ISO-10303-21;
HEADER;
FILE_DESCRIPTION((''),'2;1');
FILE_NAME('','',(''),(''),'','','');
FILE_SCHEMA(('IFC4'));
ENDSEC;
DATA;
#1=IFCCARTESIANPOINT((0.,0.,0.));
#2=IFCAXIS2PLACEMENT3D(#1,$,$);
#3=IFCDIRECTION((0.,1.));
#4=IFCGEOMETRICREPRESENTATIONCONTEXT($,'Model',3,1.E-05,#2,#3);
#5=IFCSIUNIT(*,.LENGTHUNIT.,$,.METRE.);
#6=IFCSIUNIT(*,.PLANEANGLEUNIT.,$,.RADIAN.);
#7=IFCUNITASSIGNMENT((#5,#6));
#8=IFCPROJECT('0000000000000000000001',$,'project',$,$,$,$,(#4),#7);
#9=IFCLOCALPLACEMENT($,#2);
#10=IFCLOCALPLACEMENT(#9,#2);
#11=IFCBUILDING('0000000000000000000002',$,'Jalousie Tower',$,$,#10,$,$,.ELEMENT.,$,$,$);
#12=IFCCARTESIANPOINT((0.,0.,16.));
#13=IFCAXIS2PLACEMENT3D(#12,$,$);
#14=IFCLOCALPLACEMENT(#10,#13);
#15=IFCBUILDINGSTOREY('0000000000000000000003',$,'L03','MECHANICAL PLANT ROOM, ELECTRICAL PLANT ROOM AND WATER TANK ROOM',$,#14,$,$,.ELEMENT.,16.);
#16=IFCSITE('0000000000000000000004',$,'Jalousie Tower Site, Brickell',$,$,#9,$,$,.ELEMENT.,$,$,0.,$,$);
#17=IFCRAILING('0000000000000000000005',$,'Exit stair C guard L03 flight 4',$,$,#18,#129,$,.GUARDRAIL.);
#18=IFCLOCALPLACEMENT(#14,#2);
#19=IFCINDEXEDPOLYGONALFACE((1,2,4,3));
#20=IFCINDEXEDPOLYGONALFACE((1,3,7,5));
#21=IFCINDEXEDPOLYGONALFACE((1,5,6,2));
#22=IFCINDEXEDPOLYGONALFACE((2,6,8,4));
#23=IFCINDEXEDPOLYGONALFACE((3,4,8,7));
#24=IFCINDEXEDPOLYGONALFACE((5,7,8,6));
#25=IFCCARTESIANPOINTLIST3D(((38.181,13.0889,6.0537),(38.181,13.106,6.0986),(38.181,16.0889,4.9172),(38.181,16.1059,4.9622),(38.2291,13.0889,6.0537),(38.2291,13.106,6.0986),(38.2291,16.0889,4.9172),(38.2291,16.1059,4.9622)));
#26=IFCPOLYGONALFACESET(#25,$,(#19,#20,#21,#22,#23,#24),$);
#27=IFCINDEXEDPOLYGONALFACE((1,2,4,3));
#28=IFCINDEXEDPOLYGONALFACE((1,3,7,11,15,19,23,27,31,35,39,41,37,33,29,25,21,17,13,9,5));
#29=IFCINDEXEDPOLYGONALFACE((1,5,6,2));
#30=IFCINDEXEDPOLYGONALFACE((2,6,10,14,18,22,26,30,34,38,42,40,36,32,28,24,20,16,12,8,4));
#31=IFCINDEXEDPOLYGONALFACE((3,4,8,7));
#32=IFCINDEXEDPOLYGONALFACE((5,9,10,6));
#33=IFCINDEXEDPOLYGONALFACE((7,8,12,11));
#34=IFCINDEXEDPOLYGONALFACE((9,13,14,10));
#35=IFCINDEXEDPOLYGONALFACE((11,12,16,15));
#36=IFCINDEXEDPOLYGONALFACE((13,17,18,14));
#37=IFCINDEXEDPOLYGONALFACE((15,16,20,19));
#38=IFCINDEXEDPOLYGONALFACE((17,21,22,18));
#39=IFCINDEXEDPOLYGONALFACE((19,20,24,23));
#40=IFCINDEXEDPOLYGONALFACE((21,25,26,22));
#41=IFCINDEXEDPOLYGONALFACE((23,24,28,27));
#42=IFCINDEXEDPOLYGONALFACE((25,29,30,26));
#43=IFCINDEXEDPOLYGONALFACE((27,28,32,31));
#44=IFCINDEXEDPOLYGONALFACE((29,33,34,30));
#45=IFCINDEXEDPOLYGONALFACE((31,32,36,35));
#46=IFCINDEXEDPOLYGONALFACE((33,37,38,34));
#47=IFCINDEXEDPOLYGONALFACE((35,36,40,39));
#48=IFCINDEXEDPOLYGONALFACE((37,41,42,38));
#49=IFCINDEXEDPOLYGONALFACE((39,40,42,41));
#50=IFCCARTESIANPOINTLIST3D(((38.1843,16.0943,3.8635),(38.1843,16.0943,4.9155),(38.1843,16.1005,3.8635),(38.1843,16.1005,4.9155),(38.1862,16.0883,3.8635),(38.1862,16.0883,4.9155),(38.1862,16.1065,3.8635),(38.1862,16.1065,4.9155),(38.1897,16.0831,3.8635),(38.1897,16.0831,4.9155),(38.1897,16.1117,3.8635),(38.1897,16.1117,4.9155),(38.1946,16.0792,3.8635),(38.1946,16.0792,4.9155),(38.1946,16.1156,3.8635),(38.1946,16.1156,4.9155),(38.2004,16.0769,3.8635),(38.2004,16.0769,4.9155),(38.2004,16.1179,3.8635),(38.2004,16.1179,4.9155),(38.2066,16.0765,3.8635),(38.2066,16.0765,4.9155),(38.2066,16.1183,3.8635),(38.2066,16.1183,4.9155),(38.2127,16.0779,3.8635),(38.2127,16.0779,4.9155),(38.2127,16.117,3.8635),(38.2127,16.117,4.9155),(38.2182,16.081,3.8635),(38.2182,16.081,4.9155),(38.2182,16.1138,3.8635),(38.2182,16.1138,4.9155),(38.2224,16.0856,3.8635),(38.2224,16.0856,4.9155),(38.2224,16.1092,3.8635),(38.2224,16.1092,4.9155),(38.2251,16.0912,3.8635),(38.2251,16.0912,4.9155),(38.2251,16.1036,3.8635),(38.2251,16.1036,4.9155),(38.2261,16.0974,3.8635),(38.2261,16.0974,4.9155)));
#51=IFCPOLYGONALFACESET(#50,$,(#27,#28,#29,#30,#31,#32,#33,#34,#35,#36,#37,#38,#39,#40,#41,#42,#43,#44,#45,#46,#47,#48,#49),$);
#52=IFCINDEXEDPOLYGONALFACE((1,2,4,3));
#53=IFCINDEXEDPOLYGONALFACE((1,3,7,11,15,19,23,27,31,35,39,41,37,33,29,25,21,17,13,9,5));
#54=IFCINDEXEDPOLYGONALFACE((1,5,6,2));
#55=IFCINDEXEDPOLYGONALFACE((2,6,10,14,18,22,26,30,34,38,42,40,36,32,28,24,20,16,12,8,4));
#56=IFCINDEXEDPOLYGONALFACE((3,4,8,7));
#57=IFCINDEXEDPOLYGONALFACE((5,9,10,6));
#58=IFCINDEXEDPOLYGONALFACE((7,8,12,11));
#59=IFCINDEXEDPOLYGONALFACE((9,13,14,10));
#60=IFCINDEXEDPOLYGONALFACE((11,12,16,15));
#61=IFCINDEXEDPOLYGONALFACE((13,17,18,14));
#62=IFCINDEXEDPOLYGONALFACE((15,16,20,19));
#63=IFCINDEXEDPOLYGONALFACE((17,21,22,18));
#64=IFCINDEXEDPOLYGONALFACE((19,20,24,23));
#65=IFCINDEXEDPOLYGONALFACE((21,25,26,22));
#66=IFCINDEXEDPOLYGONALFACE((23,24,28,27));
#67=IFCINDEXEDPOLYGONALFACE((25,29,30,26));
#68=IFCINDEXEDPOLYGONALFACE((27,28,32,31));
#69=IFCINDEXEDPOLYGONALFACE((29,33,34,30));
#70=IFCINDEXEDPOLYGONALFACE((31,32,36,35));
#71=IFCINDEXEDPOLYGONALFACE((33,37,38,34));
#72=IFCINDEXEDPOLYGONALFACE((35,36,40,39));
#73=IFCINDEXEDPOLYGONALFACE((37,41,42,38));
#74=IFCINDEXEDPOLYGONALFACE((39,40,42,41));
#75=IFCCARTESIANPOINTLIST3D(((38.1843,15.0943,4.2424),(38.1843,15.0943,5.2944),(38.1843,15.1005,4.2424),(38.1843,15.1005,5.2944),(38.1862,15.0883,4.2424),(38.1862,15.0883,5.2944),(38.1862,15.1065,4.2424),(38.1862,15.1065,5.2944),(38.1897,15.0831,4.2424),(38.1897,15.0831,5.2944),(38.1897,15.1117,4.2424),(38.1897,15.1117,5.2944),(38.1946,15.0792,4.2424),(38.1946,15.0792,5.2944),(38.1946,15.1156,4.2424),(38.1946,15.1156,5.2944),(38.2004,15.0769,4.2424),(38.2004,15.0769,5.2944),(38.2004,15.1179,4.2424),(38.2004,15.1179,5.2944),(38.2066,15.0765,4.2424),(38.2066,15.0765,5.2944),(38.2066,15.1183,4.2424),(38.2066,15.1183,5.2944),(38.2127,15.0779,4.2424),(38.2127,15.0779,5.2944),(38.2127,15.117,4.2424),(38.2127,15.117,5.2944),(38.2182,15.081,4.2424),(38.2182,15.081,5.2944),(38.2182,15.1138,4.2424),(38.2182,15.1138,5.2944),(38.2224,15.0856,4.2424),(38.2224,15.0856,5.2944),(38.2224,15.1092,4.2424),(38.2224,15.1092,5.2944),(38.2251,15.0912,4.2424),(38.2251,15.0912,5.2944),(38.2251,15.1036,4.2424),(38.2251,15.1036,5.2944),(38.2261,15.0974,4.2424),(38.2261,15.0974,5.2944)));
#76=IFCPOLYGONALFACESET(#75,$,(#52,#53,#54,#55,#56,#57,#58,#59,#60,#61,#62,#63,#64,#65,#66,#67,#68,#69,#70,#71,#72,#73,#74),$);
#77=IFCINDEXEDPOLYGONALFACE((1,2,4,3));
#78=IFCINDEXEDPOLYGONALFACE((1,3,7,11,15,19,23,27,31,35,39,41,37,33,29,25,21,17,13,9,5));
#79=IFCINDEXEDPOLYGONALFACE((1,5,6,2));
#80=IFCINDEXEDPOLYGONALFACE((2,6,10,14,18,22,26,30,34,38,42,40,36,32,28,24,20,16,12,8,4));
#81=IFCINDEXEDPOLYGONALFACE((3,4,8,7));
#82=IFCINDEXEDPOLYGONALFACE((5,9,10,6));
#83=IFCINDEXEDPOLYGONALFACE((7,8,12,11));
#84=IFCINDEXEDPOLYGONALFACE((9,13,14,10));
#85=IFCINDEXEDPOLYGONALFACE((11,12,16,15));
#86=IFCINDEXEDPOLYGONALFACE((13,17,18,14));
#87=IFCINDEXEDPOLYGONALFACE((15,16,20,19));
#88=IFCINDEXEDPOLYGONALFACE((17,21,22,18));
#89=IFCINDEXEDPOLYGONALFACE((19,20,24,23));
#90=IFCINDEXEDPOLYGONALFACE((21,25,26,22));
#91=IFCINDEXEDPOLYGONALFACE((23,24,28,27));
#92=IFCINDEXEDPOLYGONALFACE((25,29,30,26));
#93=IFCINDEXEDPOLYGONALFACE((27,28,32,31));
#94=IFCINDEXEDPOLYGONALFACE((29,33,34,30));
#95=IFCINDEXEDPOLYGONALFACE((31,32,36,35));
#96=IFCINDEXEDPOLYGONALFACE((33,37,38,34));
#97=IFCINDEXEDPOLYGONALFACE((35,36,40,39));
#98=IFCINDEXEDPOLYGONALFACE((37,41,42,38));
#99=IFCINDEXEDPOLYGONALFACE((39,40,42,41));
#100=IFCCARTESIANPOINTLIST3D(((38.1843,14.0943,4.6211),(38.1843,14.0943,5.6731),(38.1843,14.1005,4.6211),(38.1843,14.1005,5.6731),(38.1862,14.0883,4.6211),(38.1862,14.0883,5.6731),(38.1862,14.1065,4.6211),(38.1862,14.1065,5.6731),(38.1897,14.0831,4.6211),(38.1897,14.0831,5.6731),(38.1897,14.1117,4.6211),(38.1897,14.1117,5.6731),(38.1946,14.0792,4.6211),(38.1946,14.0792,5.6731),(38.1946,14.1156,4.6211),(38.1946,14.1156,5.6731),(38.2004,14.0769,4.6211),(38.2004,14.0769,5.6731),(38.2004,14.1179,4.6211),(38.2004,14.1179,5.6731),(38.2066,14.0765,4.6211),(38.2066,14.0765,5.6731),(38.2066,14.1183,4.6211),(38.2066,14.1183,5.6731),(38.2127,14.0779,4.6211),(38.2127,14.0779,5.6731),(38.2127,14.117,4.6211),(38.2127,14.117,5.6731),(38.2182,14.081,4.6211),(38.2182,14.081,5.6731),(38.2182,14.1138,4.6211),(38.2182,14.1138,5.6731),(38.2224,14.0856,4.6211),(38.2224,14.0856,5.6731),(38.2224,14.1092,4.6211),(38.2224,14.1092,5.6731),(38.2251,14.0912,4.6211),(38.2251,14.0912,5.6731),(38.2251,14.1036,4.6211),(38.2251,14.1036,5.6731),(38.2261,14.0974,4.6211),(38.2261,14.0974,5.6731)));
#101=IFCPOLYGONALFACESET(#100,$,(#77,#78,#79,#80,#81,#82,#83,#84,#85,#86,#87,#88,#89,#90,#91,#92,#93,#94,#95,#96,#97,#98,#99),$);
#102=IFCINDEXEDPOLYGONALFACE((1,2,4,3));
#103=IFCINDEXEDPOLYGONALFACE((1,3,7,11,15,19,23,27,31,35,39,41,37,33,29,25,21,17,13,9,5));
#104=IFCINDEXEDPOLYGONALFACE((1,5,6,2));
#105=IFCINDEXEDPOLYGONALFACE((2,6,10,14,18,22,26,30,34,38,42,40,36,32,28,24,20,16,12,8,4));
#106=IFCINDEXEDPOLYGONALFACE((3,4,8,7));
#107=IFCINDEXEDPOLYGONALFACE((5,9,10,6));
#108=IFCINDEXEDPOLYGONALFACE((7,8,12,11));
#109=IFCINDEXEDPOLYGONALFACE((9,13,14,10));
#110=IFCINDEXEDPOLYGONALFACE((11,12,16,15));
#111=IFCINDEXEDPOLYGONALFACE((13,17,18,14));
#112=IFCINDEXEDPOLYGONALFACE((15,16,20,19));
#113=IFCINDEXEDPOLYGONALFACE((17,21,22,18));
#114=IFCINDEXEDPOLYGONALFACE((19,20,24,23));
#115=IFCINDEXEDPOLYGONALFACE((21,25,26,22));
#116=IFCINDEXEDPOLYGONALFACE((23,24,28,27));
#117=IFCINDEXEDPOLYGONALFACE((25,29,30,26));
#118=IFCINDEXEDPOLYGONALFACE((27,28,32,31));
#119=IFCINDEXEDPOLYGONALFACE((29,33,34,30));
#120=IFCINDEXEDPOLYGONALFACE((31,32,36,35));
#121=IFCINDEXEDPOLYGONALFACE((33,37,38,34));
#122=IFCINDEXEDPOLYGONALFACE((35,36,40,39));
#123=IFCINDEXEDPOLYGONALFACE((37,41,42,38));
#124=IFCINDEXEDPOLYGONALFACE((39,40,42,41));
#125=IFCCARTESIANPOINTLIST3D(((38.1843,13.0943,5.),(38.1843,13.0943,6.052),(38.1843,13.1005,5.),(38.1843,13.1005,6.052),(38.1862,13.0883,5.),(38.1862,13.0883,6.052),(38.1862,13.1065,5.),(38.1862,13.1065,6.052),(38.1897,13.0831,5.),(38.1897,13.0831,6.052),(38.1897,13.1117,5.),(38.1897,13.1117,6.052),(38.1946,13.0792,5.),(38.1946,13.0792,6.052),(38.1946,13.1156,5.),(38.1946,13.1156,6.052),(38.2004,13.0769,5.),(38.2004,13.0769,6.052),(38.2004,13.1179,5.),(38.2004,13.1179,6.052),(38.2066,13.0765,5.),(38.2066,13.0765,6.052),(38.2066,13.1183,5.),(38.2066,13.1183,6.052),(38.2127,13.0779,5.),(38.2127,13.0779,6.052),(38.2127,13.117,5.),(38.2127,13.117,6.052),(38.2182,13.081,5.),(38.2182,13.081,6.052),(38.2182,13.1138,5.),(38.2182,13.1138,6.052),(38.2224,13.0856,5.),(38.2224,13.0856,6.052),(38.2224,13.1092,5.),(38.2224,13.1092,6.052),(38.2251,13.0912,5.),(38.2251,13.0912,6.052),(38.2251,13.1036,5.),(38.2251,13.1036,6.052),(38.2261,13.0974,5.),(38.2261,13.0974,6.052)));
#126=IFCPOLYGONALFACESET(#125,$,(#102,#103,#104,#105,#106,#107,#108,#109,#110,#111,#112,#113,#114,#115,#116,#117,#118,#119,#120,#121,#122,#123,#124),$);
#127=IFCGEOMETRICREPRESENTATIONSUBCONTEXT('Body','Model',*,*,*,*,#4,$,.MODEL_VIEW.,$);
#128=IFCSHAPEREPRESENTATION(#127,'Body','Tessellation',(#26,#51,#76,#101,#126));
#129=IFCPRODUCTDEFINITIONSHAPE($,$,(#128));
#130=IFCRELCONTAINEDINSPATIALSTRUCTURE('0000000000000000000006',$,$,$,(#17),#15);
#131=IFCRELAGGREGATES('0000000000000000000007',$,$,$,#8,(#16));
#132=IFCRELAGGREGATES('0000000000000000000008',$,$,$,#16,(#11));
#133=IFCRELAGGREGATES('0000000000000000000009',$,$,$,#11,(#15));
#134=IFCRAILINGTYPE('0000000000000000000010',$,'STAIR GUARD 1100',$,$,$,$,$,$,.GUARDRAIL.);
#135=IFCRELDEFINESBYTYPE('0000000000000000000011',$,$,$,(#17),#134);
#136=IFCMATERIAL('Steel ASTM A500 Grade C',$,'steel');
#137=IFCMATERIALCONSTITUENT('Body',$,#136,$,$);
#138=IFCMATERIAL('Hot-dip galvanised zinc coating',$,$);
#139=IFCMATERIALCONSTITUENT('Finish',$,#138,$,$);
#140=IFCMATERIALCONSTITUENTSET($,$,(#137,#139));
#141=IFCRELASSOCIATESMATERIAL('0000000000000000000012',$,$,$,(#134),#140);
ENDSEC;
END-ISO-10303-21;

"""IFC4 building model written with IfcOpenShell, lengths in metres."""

from ifc_helpers import new_model, si_unit, direction, frame, origin, origin_2d, place, context, subcontext, project, spatial, rectangle, circle, extrude, material, constituent, constituent_set, type_object, element, save


model = new_model("IFC4")

# Units and contexts
model_context = context("Model", 3, precision=1e-05, world=origin(), true_north=direction((0.0, 1.0)))
body_context = subcontext(model_context, "Body", "Model", "MODEL_VIEW")
ifc_project = project(units=[si_unit("LENGTHUNIT", "METRE"), si_unit("PLANEANGLEUNIT", "RADIAN")], contexts=[model_context])

# Site, building, storey
site_placement = place(None, origin())
site = spatial("IfcSite", under=ifc_project, at=site_placement, Name="Jalousie Tower Site, Brickell", CompositionType="ELEMENT", RefElevation=0.0)
building_placement = place(site_placement, origin())
building = spatial("IfcBuilding", under=site, at=building_placement, Name="Jalousie Tower", CompositionType="ELEMENT")
storey_placement = place(building_placement, frame((0.0, 0.0, 16.0)))
storey = spatial("IfcBuildingStorey", under=building, at=storey_placement, Name="L03", Description="MECHANICAL PLANT ROOM, ELECTRICAL PLANT ROOM AND WATER TANK ROOM", CompositionType="ELEMENT", Elevation=16.0)

# Railing
ifc_material_1 = material(Name="Steel ASTM A500 Grade C", Category="steel")
ifc_constituent_1 = constituent(ifc_material_1, Name="Body")
ifc_material_2 = material(Name="Hot-dip galvanised zinc coating")
ifc_constituent_2 = constituent(ifc_material_2, Name="Finish")
ifc_constituent_set_1 = constituent_set(constituents=[ifc_constituent_1, ifc_constituent_2])
railing_type_1 = type_object("IfcRailingType", Name="STAIR GUARD 1100", PredefinedType="GUARDRAIL", material=ifc_constituent_set_1)
railing_1_placement = place(storey_placement, frame((38.2051, 16.0974, 3.8635)))
element("IfcRailing", 1, at=railing_1_placement, inside=storey, type_object=railing_type_1, Name="Exit stair C guard L03 flight 4", PredefinedType="GUARDRAIL", context=body_context, shape_type="SweptSolid", body=[
    extrude(rectangle(XDim=0.0481, YDim=0.0481, at=origin_2d()), frame((0.0, 0.0, 1.0762), z_axis=(0.0, -0.935148, 0.354257), x_axis=(1.0, 0.0, 0.0)), (0.0, 0.0, 1.0), 3.208),
    extrude(circle(Radius=0.021, at=origin_2d()), origin(), (0.0, 0.0, 1.0), 1.052),
    extrude(circle(Radius=0.021, at=origin_2d()), frame((0.0, -1.0, 0.3789)), (0.0, 0.0, 1.0), 1.052),
    extrude(circle(Radius=0.021, at=origin_2d()), frame((0.0, -2.0, 0.7576)), (0.0, 0.0, 1.0), 1.052),
    extrude(circle(Radius=0.021, at=origin_2d()), frame((0.0, -3.0, 1.1365)), (0.0, 0.0, 1.0), 1.052),
])

save(model, "model.ifc")
